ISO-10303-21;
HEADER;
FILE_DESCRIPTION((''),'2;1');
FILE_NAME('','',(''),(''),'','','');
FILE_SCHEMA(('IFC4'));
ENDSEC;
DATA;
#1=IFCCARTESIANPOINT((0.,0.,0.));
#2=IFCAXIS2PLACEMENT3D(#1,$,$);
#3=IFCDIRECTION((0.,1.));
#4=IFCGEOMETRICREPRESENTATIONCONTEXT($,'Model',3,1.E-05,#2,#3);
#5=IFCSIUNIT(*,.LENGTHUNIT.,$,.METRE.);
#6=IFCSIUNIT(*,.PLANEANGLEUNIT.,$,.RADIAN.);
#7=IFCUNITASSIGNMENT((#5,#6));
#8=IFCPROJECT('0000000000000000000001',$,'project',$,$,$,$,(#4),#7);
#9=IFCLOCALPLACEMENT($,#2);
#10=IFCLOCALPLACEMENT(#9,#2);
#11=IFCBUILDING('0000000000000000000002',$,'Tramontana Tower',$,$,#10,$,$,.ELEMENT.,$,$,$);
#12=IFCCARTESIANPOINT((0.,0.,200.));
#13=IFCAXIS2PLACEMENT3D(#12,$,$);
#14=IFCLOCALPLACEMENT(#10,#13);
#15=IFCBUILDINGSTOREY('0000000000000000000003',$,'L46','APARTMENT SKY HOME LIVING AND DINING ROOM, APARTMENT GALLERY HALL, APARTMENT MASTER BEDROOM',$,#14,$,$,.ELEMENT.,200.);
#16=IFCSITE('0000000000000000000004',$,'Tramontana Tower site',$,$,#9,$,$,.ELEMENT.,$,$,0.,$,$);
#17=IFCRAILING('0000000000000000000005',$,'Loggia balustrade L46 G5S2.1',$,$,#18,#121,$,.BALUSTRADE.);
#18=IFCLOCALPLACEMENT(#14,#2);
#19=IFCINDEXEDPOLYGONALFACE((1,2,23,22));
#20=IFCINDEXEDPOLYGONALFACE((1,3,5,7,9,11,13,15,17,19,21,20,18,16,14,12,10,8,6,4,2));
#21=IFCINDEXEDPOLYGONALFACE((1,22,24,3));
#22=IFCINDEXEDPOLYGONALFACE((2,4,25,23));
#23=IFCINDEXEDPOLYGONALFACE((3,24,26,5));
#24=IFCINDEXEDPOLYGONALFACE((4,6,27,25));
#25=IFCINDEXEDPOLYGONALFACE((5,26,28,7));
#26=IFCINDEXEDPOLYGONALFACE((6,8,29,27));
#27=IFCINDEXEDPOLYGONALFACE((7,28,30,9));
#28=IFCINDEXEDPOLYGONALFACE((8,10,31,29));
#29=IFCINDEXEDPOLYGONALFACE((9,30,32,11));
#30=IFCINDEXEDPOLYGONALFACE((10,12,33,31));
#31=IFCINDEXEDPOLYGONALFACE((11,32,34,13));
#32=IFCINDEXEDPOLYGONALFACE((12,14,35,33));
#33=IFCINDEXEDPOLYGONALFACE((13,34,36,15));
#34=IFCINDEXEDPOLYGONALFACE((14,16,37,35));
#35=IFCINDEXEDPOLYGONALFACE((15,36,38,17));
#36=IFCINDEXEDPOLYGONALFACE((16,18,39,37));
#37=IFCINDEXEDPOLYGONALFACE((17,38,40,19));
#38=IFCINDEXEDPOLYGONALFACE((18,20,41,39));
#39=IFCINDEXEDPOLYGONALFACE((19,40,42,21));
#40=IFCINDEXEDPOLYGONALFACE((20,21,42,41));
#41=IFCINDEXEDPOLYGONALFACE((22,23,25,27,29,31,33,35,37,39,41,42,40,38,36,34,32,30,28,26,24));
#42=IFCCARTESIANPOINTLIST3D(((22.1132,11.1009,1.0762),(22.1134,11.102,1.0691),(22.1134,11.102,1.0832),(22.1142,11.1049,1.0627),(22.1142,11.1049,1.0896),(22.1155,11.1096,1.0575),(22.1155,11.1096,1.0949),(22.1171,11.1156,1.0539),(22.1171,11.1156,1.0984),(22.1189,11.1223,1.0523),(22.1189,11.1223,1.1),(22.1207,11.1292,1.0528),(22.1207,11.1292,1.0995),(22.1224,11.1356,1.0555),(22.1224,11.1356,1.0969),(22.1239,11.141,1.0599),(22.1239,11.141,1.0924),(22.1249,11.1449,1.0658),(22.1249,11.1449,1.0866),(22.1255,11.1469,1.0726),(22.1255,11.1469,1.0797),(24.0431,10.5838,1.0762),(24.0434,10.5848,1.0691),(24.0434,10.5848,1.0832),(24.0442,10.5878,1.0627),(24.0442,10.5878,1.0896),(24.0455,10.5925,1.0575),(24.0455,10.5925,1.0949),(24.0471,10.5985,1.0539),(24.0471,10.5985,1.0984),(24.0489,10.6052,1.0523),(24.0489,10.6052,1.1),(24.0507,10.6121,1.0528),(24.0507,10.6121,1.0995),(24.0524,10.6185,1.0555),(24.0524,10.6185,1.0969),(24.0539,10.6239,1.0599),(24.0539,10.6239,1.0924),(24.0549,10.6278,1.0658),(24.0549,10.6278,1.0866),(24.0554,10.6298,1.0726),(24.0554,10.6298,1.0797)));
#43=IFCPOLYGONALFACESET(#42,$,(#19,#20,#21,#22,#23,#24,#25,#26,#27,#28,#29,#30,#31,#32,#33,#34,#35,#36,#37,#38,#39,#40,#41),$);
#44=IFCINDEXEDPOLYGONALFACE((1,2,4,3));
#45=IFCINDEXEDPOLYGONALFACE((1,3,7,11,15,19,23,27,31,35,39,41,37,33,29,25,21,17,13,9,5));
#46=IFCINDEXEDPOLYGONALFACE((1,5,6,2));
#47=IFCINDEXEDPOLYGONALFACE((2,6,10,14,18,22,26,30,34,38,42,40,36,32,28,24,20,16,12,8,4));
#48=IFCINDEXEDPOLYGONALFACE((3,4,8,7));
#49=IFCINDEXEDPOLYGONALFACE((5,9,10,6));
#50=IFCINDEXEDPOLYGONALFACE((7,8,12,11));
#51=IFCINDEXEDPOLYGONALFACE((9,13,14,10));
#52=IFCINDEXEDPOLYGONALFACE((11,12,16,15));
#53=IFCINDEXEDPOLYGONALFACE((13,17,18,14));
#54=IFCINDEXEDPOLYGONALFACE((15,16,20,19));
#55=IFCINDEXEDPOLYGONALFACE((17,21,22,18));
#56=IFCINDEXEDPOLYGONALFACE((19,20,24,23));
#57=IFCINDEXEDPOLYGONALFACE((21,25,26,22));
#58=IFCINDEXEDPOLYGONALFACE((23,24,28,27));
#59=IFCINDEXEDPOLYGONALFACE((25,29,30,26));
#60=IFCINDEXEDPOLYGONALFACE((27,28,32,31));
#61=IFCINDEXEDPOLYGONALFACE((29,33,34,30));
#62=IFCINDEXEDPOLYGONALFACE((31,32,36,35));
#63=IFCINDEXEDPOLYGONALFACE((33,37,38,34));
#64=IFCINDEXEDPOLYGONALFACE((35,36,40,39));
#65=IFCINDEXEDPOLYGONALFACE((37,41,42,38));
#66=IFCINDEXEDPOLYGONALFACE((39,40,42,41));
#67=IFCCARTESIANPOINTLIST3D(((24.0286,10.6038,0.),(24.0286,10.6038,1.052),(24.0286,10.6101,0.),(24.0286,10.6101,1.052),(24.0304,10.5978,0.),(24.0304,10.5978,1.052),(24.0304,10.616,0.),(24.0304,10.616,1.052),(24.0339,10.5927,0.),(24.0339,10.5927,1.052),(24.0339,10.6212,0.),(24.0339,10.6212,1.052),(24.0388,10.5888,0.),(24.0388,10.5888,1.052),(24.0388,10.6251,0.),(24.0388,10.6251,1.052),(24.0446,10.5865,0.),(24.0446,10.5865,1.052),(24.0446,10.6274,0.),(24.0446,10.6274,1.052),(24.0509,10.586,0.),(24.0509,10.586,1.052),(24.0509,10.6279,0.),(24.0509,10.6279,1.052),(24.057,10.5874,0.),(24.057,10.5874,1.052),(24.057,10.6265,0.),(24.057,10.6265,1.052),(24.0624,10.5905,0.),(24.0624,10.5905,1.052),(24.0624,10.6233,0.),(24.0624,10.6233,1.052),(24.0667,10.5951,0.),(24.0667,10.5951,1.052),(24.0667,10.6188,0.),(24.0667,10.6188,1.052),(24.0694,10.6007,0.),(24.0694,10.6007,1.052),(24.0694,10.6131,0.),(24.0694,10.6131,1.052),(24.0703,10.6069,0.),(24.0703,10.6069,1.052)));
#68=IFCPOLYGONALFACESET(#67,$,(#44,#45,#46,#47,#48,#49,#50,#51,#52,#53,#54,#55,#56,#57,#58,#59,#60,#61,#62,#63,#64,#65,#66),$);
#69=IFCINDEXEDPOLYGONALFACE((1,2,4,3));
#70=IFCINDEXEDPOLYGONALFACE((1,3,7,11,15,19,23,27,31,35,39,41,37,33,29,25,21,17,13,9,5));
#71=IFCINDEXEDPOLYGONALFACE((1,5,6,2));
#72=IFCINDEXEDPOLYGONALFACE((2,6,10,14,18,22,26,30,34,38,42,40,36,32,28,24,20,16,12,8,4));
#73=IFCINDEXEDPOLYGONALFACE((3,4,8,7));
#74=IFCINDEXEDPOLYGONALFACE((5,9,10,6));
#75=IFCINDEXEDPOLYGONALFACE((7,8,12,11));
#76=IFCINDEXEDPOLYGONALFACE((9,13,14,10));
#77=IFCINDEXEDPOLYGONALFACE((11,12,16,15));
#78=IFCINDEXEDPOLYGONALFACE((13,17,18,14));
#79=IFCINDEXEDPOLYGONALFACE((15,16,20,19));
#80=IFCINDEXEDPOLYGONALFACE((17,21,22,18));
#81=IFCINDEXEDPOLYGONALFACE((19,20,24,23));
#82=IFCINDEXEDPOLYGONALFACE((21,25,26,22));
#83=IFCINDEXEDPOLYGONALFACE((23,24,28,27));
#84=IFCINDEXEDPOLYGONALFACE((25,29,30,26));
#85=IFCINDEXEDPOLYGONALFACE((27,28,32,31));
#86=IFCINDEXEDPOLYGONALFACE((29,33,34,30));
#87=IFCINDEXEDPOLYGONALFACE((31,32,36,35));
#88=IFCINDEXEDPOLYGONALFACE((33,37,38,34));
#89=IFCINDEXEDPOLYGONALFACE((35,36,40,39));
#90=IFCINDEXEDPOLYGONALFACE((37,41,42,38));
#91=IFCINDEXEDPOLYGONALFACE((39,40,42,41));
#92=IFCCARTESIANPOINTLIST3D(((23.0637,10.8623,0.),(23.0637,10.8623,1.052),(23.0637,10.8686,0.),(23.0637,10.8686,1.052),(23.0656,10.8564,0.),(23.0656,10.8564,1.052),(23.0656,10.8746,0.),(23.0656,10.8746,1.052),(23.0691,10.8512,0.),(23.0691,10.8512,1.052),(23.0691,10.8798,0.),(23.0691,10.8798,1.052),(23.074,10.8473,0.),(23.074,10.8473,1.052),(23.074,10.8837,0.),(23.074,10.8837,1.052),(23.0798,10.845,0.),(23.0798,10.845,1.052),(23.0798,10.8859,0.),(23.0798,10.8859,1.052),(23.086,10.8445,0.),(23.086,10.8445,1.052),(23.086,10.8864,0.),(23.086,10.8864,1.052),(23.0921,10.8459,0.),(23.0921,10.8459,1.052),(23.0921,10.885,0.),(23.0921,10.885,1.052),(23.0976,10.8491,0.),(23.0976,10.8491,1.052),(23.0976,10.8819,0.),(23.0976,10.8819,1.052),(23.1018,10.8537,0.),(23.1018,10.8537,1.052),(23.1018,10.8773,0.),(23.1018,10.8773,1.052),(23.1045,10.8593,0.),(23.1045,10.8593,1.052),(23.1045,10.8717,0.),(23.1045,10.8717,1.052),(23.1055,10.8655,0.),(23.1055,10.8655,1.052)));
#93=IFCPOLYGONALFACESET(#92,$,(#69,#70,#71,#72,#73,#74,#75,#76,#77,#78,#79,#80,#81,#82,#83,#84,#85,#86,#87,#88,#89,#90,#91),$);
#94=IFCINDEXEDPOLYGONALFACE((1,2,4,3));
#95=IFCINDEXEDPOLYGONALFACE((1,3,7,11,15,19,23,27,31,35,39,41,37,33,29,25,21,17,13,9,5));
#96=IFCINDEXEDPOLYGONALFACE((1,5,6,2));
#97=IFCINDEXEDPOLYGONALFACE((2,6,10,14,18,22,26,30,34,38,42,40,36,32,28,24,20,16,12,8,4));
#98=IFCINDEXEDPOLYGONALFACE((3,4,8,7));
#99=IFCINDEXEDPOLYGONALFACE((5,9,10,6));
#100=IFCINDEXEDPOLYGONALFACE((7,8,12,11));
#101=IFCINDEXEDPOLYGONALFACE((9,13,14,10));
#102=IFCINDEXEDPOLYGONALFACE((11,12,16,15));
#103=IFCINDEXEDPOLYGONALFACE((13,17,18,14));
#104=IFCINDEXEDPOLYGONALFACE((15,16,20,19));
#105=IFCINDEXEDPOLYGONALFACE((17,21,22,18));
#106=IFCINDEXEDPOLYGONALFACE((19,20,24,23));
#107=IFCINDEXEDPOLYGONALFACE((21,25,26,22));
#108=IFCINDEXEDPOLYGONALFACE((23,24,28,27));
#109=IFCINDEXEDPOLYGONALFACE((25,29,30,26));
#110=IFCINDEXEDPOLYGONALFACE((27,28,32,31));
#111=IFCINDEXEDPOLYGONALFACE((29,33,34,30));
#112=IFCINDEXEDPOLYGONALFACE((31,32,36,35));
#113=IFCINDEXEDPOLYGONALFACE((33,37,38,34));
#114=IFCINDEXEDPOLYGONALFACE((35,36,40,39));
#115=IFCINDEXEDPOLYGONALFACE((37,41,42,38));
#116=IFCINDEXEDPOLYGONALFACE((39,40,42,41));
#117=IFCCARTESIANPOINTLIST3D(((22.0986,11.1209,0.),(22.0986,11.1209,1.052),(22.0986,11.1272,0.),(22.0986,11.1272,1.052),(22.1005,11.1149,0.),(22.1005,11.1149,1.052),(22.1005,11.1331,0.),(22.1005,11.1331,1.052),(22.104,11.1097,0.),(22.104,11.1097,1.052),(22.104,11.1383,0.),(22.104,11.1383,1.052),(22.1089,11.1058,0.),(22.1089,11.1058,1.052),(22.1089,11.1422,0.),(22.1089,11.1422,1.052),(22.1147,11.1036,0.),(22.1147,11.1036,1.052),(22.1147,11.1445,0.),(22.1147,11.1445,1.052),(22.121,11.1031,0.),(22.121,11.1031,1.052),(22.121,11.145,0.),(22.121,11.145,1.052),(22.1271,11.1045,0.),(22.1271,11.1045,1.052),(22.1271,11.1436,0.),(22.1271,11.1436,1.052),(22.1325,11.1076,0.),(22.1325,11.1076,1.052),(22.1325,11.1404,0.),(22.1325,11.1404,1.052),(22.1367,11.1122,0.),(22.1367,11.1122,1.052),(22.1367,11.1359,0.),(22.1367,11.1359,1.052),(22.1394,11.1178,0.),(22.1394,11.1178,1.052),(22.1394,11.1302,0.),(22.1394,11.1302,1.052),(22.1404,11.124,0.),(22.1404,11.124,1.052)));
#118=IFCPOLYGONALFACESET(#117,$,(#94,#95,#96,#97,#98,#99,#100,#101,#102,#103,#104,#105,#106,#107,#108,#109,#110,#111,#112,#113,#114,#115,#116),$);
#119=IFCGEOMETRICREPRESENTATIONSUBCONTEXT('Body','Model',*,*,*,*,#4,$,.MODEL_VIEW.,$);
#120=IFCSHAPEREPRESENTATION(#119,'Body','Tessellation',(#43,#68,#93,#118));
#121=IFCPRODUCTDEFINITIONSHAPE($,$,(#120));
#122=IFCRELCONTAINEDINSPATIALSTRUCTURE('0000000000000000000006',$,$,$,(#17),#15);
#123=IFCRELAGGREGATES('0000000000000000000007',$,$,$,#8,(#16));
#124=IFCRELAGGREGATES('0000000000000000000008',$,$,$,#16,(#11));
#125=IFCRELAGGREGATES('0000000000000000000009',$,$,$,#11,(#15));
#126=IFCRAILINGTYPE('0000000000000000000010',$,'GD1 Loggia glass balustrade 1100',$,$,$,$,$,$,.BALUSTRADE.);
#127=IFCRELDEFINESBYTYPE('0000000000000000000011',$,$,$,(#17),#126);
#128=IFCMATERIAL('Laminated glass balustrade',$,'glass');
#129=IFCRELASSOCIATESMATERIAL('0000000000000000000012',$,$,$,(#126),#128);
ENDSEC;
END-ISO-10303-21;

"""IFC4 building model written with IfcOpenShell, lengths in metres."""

from ifc_helpers import new_model, si_unit, direction, frame, origin, origin_2d, place, context, subcontext, project, spatial, circle, extrude, material, type_object, element, save


model = new_model("IFC4")

# Units and contexts
model_context = context("Model", 3, precision=1e-05, world=origin(), true_north=direction((0.0, 1.0)))
body_context = subcontext(model_context, "Body", "Model", "MODEL_VIEW")
ifc_project = project(units=[si_unit("LENGTHUNIT", "METRE"), si_unit("PLANEANGLEUNIT", "RADIAN")], contexts=[model_context])

# Site, building, storey
site_placement = place(None, origin())
site = spatial("IfcSite", under=ifc_project, at=site_placement, Name="Tramontana Tower site", CompositionType="ELEMENT", RefElevation=0.0)
building_placement = place(site_placement, origin())
building = spatial("IfcBuilding", under=site, at=building_placement, Name="Tramontana Tower", CompositionType="ELEMENT")
storey_placement = place(building_placement, frame((0.0, 0.0, 200.0)))
storey = spatial("IfcBuildingStorey", under=building, at=storey_placement, Name="L46", Description="APARTMENT SKY HOME LIVING AND DINING ROOM, APARTMENT GALLERY HALL, APARTMENT MASTER BEDROOM", CompositionType="ELEMENT", Elevation=200.0)

# Railing
ifc_material_1 = material(Name="Laminated glass balustrade", Category="glass")
railing_type = type_object("IfcRailingType", Name="GD1 Loggia glass balustrade 1100", PredefinedType="BALUSTRADE", material=ifc_material_1)
railing_1_placement = place(storey_placement, frame((24.0493, 10.6069, 0.0)))
element("IfcRailing", 1, at=railing_1_placement, inside=storey, type_object=railing_type, Name="Loggia balustrade L46 G5S2.1", PredefinedType="BALUSTRADE", context=body_context, shape_type="SweptSolid", body=[
    extrude(circle(Radius=0.0239, at=origin_2d()), frame((0.0, 0.0, 1.0762), z_axis=(-0.96593, 0.258803, 0.0), x_axis=(-0.258803, -0.96593, 0.0)), (0.0, 0.0, 1.0), 1.998),
    extrude(circle(Radius=0.021, at=origin_2d()), origin(), (0.0, 0.0, 1.0), 1.052),
    extrude(circle(Radius=0.021, at=origin_2d()), frame((-0.9648, 0.2585, 0.0)), (0.0, 0.0, 1.0), 1.052),
    extrude(circle(Radius=0.021, at=origin_2d()), frame((-1.9299, 0.5171, 0.0)), (0.0, 0.0, 1.0), 1.052),
])

save(model, "model.ifc")
